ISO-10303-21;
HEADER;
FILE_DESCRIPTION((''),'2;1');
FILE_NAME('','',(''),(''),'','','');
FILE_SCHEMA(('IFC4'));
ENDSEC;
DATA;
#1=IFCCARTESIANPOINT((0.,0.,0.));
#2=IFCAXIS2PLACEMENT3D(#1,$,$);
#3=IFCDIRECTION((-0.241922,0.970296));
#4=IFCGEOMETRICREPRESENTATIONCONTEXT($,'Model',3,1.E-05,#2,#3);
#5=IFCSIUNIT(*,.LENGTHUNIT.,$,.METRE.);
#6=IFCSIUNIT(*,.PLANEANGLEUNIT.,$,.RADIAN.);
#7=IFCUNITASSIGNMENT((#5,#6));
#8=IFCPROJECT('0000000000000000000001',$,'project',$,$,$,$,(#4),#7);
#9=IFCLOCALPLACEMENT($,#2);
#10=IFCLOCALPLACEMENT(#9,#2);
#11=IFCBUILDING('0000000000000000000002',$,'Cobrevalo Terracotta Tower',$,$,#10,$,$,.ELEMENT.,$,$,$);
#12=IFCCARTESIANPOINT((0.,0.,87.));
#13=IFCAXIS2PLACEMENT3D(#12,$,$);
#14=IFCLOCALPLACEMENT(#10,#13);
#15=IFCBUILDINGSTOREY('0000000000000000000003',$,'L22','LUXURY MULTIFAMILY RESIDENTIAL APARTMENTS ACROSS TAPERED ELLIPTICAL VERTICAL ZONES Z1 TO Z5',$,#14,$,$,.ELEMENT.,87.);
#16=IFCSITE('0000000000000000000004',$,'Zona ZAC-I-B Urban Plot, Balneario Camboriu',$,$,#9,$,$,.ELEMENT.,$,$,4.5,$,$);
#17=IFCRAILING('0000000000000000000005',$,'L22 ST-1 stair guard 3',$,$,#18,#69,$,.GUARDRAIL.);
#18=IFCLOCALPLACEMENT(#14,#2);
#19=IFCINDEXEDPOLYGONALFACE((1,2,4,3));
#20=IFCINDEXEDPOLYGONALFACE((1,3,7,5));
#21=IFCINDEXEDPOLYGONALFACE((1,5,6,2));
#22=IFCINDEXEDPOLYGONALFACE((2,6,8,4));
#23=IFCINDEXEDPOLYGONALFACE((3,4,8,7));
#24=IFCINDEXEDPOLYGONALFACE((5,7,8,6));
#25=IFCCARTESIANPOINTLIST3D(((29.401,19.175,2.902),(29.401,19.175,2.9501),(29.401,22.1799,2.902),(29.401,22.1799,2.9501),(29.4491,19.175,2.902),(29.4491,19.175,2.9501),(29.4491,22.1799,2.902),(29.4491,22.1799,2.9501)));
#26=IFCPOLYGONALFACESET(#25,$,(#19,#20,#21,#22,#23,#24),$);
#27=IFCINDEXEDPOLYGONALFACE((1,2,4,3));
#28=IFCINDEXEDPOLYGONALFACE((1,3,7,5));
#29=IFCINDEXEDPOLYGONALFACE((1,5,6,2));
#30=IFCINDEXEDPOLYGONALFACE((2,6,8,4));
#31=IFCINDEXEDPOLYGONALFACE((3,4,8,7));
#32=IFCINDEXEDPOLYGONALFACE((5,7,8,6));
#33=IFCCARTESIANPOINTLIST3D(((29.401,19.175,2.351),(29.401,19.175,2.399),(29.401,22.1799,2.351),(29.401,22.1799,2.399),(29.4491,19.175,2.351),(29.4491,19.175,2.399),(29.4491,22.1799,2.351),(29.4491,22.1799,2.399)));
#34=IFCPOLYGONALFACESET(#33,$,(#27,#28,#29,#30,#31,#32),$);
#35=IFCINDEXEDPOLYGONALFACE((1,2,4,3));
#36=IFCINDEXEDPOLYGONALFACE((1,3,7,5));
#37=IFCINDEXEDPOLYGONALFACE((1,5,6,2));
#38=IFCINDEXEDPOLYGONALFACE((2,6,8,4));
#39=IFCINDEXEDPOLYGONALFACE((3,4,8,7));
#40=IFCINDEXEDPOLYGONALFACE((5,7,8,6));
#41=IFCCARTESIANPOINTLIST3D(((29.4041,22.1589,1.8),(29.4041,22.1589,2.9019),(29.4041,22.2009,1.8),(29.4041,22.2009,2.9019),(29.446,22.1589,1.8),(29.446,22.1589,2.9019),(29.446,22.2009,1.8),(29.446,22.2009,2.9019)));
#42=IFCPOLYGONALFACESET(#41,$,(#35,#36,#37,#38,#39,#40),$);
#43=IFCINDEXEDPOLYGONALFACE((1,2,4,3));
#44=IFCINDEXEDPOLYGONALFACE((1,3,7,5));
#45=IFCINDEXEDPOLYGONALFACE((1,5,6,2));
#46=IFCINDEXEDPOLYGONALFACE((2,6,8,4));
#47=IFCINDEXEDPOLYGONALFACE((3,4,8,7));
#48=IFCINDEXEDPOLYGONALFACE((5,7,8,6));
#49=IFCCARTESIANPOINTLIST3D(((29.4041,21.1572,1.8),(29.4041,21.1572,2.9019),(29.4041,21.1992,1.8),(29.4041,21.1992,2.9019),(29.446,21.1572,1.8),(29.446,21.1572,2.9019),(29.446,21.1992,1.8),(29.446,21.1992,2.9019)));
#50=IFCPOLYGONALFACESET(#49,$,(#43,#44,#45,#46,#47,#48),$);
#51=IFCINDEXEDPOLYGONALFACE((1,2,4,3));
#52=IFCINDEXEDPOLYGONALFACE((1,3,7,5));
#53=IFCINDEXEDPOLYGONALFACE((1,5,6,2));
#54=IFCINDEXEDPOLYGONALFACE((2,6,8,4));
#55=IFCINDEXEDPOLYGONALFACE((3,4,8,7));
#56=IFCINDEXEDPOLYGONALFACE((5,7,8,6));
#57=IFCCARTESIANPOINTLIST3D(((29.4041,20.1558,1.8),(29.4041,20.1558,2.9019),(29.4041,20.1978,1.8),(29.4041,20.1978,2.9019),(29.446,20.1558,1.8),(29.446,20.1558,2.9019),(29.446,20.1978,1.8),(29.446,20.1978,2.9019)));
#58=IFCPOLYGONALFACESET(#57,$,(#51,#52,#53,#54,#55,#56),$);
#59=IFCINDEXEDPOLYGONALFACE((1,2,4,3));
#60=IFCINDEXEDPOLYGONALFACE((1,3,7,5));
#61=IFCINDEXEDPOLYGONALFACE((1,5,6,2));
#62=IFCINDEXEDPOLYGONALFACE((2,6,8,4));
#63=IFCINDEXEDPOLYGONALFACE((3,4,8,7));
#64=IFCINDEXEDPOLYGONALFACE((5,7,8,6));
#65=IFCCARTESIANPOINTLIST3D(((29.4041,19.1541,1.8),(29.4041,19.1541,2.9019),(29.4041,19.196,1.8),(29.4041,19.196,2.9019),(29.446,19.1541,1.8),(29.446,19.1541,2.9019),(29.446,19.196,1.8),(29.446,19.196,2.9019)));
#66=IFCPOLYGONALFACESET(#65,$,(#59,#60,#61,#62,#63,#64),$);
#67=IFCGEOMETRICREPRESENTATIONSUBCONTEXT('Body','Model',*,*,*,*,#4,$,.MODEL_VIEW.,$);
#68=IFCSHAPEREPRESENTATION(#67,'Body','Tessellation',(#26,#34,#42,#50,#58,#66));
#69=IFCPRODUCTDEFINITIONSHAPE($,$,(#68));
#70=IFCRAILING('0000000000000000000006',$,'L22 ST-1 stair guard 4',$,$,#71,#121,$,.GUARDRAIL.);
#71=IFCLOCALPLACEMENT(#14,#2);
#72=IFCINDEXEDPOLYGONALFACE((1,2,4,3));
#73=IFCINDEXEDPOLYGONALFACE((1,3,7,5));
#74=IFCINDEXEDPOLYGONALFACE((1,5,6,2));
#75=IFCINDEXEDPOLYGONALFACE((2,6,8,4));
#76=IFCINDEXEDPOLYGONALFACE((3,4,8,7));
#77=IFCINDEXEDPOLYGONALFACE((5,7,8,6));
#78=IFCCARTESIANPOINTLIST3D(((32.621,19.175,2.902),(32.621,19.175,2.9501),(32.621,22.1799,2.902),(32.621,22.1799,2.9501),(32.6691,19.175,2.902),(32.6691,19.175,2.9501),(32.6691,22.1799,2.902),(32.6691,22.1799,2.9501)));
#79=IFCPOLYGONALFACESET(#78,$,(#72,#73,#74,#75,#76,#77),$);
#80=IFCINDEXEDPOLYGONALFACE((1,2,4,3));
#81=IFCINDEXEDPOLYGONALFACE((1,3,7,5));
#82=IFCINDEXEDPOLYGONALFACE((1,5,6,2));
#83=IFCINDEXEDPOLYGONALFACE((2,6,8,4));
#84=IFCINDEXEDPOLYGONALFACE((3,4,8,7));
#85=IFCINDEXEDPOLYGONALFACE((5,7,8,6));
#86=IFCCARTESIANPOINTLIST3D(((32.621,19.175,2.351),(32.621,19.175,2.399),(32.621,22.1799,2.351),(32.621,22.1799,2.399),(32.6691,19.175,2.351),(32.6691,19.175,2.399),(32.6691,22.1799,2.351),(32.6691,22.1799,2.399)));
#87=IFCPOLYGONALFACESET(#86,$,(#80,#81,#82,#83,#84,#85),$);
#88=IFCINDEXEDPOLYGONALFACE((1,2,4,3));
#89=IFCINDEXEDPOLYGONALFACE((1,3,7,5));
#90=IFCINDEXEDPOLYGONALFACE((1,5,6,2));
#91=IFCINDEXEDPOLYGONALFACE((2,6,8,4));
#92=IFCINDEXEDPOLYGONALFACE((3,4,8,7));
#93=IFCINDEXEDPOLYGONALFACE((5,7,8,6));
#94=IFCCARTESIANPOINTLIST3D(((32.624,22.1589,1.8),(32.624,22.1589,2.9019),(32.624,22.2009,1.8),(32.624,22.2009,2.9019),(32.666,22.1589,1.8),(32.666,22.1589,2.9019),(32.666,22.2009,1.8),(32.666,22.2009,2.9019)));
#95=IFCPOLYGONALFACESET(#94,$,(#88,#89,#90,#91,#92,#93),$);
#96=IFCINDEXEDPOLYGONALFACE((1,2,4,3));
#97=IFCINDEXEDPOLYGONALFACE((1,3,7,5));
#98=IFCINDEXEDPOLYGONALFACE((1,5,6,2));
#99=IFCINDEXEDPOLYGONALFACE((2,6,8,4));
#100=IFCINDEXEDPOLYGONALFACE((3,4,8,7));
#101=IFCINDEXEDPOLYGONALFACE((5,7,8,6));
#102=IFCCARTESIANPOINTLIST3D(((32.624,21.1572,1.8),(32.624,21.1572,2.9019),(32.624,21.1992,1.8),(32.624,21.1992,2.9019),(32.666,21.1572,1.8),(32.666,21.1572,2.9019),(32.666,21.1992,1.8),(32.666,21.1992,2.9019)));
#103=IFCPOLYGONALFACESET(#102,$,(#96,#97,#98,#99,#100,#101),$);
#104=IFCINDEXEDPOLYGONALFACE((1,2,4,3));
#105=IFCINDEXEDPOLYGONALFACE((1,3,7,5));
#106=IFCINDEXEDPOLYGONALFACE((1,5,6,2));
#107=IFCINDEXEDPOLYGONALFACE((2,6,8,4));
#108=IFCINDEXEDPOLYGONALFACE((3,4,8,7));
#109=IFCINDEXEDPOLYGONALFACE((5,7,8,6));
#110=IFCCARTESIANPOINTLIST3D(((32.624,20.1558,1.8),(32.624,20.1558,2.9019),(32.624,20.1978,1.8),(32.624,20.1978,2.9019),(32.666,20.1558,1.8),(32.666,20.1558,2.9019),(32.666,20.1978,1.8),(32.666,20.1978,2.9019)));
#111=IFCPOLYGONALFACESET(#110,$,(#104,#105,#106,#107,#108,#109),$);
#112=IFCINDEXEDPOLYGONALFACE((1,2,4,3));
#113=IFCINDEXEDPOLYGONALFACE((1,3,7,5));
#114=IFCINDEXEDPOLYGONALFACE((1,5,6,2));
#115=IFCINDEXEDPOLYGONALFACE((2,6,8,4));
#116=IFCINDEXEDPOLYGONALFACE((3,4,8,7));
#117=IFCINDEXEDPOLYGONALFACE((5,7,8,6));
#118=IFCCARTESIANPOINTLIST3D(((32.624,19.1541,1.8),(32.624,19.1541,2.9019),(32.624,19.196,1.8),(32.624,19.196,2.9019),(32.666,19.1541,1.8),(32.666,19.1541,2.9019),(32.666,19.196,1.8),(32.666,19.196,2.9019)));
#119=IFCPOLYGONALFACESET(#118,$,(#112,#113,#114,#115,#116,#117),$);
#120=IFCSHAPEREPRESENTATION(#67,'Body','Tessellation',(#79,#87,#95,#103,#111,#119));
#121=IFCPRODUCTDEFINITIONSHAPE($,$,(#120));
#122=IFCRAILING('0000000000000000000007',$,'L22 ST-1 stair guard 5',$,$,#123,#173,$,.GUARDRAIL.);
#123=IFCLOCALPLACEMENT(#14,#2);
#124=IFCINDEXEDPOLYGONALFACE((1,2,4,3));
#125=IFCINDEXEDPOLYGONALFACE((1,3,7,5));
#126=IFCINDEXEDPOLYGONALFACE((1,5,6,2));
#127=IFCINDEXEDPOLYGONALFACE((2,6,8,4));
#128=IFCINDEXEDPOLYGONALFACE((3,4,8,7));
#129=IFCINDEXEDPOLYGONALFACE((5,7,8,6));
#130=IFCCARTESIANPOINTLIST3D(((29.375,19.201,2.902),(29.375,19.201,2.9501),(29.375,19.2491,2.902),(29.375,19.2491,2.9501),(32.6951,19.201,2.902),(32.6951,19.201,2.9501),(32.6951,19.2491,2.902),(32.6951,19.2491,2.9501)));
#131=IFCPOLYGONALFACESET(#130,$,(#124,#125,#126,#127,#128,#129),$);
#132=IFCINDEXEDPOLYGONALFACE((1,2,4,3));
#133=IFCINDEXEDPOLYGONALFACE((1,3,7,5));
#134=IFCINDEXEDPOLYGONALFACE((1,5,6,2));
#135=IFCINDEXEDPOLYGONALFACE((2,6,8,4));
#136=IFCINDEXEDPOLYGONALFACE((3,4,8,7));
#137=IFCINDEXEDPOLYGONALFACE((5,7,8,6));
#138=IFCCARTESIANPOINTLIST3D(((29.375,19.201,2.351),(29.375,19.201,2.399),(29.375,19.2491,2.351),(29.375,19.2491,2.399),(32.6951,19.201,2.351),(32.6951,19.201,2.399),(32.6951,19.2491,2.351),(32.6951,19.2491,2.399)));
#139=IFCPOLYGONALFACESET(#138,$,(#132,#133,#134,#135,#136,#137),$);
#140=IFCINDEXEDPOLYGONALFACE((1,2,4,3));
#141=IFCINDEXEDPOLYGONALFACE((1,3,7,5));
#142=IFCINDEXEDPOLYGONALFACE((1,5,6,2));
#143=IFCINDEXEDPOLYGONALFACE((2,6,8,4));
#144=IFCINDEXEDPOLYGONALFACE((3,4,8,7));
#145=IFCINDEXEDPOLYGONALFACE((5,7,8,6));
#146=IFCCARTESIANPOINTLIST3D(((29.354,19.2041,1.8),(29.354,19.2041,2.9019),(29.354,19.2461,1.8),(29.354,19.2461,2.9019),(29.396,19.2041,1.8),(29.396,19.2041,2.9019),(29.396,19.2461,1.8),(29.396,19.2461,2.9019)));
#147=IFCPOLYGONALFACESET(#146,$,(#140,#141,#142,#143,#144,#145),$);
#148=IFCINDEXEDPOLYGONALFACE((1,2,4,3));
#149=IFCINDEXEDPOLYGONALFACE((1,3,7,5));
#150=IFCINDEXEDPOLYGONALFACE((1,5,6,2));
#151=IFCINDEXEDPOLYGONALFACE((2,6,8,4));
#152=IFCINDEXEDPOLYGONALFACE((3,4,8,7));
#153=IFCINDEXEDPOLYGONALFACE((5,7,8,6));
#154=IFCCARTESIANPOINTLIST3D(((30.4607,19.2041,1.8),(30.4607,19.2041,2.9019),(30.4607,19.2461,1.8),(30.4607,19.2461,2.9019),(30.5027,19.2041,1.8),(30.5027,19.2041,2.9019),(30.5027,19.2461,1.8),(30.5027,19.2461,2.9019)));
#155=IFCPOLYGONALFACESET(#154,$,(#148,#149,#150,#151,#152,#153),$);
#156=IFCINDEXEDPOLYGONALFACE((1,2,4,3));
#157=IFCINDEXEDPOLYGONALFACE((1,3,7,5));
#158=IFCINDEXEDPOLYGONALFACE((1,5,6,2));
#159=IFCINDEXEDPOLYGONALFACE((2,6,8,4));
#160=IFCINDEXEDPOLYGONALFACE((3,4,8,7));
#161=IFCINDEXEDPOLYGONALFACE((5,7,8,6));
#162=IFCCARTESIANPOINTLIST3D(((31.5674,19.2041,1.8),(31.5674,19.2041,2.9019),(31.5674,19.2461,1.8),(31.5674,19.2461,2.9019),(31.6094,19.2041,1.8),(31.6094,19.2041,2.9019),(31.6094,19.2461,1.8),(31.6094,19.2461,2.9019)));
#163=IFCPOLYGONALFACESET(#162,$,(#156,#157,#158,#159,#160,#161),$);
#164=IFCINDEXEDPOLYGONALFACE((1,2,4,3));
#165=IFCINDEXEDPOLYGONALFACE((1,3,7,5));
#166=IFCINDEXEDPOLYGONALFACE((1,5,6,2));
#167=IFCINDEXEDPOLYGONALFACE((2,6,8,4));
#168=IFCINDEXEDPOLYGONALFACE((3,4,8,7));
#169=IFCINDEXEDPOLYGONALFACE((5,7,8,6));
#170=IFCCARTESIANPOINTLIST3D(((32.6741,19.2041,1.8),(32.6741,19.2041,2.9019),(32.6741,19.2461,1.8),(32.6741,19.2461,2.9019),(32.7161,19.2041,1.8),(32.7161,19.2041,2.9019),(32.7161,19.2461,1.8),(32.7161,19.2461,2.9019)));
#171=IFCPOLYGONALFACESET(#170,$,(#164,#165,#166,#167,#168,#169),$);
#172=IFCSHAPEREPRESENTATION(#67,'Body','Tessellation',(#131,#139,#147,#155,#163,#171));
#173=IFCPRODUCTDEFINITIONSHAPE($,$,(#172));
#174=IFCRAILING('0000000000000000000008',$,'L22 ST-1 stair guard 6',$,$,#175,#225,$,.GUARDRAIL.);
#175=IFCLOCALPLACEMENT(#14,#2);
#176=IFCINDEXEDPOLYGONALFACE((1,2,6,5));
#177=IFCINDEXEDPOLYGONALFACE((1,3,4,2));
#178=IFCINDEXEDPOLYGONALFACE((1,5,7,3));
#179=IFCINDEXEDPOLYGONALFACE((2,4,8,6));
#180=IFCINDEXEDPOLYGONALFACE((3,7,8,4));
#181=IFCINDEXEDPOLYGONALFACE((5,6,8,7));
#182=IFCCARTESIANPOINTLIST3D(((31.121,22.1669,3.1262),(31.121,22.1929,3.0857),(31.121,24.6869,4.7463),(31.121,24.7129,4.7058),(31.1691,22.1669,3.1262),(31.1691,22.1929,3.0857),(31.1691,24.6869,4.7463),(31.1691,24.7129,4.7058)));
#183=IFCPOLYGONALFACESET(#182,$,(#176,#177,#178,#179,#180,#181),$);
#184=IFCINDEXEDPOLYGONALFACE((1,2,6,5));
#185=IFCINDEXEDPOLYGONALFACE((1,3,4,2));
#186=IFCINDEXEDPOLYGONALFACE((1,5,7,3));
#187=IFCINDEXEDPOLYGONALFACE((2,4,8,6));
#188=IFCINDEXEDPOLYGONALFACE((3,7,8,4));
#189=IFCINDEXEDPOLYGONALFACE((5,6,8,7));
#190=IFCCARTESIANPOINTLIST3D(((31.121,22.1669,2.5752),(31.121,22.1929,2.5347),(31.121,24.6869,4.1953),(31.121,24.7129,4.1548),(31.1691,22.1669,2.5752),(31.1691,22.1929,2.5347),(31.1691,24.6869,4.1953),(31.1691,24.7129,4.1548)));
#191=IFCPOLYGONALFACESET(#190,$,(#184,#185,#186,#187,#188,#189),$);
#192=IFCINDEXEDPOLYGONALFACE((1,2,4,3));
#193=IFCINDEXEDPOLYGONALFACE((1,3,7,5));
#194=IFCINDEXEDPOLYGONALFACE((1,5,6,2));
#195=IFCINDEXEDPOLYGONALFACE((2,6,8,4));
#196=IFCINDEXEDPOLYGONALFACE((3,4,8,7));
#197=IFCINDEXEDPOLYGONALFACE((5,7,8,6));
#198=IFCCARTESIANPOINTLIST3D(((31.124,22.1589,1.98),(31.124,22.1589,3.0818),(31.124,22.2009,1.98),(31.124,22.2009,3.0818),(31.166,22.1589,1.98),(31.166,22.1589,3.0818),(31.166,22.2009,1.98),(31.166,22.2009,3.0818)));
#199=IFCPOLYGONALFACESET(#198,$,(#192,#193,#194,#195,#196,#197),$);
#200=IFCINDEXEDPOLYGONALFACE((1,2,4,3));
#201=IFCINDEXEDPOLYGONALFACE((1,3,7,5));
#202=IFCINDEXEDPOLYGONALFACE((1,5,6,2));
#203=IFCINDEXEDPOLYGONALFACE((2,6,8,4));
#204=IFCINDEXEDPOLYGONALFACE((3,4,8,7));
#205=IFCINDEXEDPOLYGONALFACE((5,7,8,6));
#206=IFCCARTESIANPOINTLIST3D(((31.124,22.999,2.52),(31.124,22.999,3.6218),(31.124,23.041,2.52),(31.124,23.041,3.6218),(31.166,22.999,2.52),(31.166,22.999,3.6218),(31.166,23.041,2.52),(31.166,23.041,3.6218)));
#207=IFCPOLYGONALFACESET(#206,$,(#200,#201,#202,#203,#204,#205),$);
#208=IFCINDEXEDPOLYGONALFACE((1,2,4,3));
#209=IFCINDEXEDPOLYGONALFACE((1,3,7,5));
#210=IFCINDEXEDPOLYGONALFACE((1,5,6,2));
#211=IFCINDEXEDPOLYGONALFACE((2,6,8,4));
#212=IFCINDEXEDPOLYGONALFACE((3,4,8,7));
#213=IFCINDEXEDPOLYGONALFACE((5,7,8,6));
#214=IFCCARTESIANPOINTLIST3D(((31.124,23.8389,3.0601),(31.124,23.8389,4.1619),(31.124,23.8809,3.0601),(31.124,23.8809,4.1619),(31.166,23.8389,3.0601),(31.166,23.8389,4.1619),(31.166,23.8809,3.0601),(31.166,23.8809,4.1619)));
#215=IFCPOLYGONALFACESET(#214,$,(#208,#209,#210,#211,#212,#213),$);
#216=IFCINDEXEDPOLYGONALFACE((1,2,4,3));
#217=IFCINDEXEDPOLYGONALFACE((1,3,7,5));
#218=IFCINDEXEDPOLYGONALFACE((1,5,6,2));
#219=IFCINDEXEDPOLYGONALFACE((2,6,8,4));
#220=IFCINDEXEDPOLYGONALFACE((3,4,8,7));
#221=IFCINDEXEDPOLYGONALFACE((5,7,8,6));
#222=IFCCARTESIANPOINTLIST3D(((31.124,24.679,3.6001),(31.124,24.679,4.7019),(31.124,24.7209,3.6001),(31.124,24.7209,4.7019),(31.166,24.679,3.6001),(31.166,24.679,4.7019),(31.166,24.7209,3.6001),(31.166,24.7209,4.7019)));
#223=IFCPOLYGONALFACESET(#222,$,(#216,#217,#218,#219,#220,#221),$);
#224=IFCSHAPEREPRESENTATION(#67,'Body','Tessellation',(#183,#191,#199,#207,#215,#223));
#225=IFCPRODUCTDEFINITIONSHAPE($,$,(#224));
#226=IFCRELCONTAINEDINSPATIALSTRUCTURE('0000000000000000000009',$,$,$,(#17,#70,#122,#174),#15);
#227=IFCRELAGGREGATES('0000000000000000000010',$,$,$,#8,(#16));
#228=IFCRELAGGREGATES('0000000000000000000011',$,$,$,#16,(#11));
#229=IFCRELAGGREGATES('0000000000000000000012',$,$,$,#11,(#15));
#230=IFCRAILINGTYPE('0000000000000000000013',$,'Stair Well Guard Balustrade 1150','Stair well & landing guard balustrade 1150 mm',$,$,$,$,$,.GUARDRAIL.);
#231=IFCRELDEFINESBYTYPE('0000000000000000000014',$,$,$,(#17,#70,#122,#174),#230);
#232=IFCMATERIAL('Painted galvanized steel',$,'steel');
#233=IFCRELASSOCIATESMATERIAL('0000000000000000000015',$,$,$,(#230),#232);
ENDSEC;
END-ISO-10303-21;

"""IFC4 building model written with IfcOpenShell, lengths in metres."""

from ifc_helpers import new_model, si_unit, direction, frame, origin, origin_2d, place, context, subcontext, project, spatial, rectangle, extrude, material, type_object, element, save


model = new_model("IFC4")

# Units and contexts
model_context = context("Model", 3, precision=1e-05, world=origin(), true_north=direction((-0.241922, 0.970296)))
body_context = subcontext(model_context, "Body", "Model", "MODEL_VIEW")
ifc_project = project(units=[si_unit("LENGTHUNIT", "METRE"), si_unit("PLANEANGLEUNIT", "RADIAN")], contexts=[model_context])

# Site, building, storey
site_placement = place(None, origin())
site = spatial("IfcSite", under=ifc_project, at=site_placement, Name="Zona ZAC-I-B Urban Plot, Balneario Camboriu", CompositionType="ELEMENT", RefElevation=4.5)
building_placement = place(site_placement, origin())
building = spatial("IfcBuilding", under=site, at=building_placement, Name="Cobrevalo Terracotta Tower", CompositionType="ELEMENT")
storey_placement = place(building_placement, frame((0.0, 0.0, 87.0)))
storey = spatial("IfcBuildingStorey", under=building, at=storey_placement, Name="L22", Description="LUXURY MULTIFAMILY RESIDENTIAL APARTMENTS ACROSS TAPERED ELLIPTICAL VERTICAL ZONES Z1 TO Z5", CompositionType="ELEMENT", Elevation=87.0)

# Railings
ifc_material_1 = material(Name="Painted galvanized steel", Category="steel")
railing_type_1 = type_object("IfcRailingType", Name="Stair Well Guard Balustrade 1150", Description="Stair well & landing guard balustrade 1150 mm", PredefinedType="GUARDRAIL", material=ifc_material_1)
for number, where, name in (
    (1, (29.425, 22.1799, 1.8), "L22 ST-1 stair guard 3"),
    (2, (32.645, 22.1799, 1.8), "L22 ST-1 stair guard 4"),
):
    element("IfcRailing", number, at=place(storey_placement, frame(where)), inside=storey, type_object=railing_type_1, Name=name, PredefinedType="GUARDRAIL", context=body_context, shape_type="SweptSolid", body=[
        extrude(rectangle(XDim=0.0481, YDim=0.0481, at=origin_2d()), frame((0.0, 0.0, 1.126), z_axis=(0.0, -1.0, 0.0), x_axis=(1.0, 0.0, 0.0)), (0.0, 0.0, 1.0), 3.0049),
        extrude(rectangle(XDim=0.0481, YDim=0.0481, at=origin_2d()), frame((0.0, 0.0, 0.575), z_axis=(0.0, -1.0, 0.0), x_axis=(1.0, 0.0, 0.0)), (0.0, 0.0, 1.0), 3.0049),
        extrude(rectangle(XDim=0.042, YDim=0.042, at=origin_2d()), origin(), (0.0, 0.0, 1.0), 1.1018),
        extrude(rectangle(XDim=0.042, YDim=0.042, at=origin_2d()), frame((0.0, -1.0017, 0.0)), (0.0, 0.0, 1.0), 1.1018),
        extrude(rectangle(XDim=0.042, YDim=0.042, at=origin_2d()), frame((0.0, -2.0032, 0.0)), (0.0, 0.0, 1.0), 1.1018),
        extrude(rectangle(XDim=0.042, YDim=0.042, at=origin_2d()), frame((0.0, -3.0049, 0.0)), (0.0, 0.0, 1.0), 1.1018),
    ])
railing_1_placement = place(storey_placement, frame((29.375, 19.2251, 1.8)))
element("IfcRailing", 3, at=railing_1_placement, inside=storey, type_object=railing_type_1, Name="L22 ST-1 stair guard 5", PredefinedType="GUARDRAIL", context=body_context, shape_type="SweptSolid", body=[
    extrude(rectangle(XDim=0.0481, YDim=0.0481, at=origin_2d()), frame((0.0, 0.0, 1.126), z_axis=(1.0, 0.0, 0.0), x_axis=(0.0, 1.0, 0.0)), (0.0, 0.0, 1.0), 3.3201),
    extrude(rectangle(XDim=0.0481, YDim=0.0481, at=origin_2d()), frame((0.0, 0.0, 0.575), z_axis=(1.0, 0.0, 0.0), x_axis=(0.0, 1.0, 0.0)), (0.0, 0.0, 1.0), 3.3201),
    extrude(rectangle(XDim=0.042, YDim=0.042, at=origin_2d()), origin(), (0.0, 0.0, 1.0), 1.1018),
    extrude(rectangle(XDim=0.042, YDim=0.042, at=origin_2d()), frame((1.1067, 0.0, 0.0)), (0.0, 0.0, 1.0), 1.1018),
    extrude(rectangle(XDim=0.042, YDim=0.042, at=origin_2d()), frame((2.2134, 0.0, 0.0)), (0.0, 0.0, 1.0), 1.1018),
    extrude(rectangle(XDim=0.042, YDim=0.042, at=origin_2d()), frame((3.3201, 0.0, 0.0)), (0.0, 0.0, 1.0), 1.1018),
])
railing_2_placement = place(storey_placement, frame((31.145, 22.1799, 1.98)))
element("IfcRailing", 4, at=railing_2_placement, inside=storey, type_object=railing_type_1, Name="L22 ST-1 stair guard 6", PredefinedType="GUARDRAIL", context=body_context, shape_type="SweptSolid", body=[
    extrude(rectangle(XDim=0.0481, YDim=0.0481, at=origin_2d()), frame((0.0, 0.0, 1.126), z_axis=(0.0, 0.841163, 0.540782), x_axis=(-1.0, 0.0, 0.0)), (0.0, 0.0, 1.0), 2.9958),
    extrude(rectangle(XDim=0.0481, YDim=0.0481, at=origin_2d()), frame((0.0, 0.0, 0.575), z_axis=(0.0, 0.841163, 0.540782), x_axis=(-1.0, 0.0, 0.0)), (0.0, 0.0, 1.0), 2.9958),
    extrude(rectangle(XDim=0.042, YDim=0.042, at=origin_2d()), origin(), (0.0, 0.0, 1.0), 1.1018),
    extrude(rectangle(XDim=0.042, YDim=0.042, at=origin_2d()), frame((0.0, 0.8401, 0.54)), (0.0, 0.0, 1.0), 1.1018),
    extrude(rectangle(XDim=0.042, YDim=0.042, at=origin_2d()), frame((0.0, 1.6799, 1.0801)), (0.0, 0.0, 1.0), 1.1018),
    extrude(rectangle(XDim=0.042, YDim=0.042, at=origin_2d()), frame((0.0, 2.52, 1.6201)), (0.0, 0.0, 1.0), 1.1018),
])

save(model, "model.ifc")
